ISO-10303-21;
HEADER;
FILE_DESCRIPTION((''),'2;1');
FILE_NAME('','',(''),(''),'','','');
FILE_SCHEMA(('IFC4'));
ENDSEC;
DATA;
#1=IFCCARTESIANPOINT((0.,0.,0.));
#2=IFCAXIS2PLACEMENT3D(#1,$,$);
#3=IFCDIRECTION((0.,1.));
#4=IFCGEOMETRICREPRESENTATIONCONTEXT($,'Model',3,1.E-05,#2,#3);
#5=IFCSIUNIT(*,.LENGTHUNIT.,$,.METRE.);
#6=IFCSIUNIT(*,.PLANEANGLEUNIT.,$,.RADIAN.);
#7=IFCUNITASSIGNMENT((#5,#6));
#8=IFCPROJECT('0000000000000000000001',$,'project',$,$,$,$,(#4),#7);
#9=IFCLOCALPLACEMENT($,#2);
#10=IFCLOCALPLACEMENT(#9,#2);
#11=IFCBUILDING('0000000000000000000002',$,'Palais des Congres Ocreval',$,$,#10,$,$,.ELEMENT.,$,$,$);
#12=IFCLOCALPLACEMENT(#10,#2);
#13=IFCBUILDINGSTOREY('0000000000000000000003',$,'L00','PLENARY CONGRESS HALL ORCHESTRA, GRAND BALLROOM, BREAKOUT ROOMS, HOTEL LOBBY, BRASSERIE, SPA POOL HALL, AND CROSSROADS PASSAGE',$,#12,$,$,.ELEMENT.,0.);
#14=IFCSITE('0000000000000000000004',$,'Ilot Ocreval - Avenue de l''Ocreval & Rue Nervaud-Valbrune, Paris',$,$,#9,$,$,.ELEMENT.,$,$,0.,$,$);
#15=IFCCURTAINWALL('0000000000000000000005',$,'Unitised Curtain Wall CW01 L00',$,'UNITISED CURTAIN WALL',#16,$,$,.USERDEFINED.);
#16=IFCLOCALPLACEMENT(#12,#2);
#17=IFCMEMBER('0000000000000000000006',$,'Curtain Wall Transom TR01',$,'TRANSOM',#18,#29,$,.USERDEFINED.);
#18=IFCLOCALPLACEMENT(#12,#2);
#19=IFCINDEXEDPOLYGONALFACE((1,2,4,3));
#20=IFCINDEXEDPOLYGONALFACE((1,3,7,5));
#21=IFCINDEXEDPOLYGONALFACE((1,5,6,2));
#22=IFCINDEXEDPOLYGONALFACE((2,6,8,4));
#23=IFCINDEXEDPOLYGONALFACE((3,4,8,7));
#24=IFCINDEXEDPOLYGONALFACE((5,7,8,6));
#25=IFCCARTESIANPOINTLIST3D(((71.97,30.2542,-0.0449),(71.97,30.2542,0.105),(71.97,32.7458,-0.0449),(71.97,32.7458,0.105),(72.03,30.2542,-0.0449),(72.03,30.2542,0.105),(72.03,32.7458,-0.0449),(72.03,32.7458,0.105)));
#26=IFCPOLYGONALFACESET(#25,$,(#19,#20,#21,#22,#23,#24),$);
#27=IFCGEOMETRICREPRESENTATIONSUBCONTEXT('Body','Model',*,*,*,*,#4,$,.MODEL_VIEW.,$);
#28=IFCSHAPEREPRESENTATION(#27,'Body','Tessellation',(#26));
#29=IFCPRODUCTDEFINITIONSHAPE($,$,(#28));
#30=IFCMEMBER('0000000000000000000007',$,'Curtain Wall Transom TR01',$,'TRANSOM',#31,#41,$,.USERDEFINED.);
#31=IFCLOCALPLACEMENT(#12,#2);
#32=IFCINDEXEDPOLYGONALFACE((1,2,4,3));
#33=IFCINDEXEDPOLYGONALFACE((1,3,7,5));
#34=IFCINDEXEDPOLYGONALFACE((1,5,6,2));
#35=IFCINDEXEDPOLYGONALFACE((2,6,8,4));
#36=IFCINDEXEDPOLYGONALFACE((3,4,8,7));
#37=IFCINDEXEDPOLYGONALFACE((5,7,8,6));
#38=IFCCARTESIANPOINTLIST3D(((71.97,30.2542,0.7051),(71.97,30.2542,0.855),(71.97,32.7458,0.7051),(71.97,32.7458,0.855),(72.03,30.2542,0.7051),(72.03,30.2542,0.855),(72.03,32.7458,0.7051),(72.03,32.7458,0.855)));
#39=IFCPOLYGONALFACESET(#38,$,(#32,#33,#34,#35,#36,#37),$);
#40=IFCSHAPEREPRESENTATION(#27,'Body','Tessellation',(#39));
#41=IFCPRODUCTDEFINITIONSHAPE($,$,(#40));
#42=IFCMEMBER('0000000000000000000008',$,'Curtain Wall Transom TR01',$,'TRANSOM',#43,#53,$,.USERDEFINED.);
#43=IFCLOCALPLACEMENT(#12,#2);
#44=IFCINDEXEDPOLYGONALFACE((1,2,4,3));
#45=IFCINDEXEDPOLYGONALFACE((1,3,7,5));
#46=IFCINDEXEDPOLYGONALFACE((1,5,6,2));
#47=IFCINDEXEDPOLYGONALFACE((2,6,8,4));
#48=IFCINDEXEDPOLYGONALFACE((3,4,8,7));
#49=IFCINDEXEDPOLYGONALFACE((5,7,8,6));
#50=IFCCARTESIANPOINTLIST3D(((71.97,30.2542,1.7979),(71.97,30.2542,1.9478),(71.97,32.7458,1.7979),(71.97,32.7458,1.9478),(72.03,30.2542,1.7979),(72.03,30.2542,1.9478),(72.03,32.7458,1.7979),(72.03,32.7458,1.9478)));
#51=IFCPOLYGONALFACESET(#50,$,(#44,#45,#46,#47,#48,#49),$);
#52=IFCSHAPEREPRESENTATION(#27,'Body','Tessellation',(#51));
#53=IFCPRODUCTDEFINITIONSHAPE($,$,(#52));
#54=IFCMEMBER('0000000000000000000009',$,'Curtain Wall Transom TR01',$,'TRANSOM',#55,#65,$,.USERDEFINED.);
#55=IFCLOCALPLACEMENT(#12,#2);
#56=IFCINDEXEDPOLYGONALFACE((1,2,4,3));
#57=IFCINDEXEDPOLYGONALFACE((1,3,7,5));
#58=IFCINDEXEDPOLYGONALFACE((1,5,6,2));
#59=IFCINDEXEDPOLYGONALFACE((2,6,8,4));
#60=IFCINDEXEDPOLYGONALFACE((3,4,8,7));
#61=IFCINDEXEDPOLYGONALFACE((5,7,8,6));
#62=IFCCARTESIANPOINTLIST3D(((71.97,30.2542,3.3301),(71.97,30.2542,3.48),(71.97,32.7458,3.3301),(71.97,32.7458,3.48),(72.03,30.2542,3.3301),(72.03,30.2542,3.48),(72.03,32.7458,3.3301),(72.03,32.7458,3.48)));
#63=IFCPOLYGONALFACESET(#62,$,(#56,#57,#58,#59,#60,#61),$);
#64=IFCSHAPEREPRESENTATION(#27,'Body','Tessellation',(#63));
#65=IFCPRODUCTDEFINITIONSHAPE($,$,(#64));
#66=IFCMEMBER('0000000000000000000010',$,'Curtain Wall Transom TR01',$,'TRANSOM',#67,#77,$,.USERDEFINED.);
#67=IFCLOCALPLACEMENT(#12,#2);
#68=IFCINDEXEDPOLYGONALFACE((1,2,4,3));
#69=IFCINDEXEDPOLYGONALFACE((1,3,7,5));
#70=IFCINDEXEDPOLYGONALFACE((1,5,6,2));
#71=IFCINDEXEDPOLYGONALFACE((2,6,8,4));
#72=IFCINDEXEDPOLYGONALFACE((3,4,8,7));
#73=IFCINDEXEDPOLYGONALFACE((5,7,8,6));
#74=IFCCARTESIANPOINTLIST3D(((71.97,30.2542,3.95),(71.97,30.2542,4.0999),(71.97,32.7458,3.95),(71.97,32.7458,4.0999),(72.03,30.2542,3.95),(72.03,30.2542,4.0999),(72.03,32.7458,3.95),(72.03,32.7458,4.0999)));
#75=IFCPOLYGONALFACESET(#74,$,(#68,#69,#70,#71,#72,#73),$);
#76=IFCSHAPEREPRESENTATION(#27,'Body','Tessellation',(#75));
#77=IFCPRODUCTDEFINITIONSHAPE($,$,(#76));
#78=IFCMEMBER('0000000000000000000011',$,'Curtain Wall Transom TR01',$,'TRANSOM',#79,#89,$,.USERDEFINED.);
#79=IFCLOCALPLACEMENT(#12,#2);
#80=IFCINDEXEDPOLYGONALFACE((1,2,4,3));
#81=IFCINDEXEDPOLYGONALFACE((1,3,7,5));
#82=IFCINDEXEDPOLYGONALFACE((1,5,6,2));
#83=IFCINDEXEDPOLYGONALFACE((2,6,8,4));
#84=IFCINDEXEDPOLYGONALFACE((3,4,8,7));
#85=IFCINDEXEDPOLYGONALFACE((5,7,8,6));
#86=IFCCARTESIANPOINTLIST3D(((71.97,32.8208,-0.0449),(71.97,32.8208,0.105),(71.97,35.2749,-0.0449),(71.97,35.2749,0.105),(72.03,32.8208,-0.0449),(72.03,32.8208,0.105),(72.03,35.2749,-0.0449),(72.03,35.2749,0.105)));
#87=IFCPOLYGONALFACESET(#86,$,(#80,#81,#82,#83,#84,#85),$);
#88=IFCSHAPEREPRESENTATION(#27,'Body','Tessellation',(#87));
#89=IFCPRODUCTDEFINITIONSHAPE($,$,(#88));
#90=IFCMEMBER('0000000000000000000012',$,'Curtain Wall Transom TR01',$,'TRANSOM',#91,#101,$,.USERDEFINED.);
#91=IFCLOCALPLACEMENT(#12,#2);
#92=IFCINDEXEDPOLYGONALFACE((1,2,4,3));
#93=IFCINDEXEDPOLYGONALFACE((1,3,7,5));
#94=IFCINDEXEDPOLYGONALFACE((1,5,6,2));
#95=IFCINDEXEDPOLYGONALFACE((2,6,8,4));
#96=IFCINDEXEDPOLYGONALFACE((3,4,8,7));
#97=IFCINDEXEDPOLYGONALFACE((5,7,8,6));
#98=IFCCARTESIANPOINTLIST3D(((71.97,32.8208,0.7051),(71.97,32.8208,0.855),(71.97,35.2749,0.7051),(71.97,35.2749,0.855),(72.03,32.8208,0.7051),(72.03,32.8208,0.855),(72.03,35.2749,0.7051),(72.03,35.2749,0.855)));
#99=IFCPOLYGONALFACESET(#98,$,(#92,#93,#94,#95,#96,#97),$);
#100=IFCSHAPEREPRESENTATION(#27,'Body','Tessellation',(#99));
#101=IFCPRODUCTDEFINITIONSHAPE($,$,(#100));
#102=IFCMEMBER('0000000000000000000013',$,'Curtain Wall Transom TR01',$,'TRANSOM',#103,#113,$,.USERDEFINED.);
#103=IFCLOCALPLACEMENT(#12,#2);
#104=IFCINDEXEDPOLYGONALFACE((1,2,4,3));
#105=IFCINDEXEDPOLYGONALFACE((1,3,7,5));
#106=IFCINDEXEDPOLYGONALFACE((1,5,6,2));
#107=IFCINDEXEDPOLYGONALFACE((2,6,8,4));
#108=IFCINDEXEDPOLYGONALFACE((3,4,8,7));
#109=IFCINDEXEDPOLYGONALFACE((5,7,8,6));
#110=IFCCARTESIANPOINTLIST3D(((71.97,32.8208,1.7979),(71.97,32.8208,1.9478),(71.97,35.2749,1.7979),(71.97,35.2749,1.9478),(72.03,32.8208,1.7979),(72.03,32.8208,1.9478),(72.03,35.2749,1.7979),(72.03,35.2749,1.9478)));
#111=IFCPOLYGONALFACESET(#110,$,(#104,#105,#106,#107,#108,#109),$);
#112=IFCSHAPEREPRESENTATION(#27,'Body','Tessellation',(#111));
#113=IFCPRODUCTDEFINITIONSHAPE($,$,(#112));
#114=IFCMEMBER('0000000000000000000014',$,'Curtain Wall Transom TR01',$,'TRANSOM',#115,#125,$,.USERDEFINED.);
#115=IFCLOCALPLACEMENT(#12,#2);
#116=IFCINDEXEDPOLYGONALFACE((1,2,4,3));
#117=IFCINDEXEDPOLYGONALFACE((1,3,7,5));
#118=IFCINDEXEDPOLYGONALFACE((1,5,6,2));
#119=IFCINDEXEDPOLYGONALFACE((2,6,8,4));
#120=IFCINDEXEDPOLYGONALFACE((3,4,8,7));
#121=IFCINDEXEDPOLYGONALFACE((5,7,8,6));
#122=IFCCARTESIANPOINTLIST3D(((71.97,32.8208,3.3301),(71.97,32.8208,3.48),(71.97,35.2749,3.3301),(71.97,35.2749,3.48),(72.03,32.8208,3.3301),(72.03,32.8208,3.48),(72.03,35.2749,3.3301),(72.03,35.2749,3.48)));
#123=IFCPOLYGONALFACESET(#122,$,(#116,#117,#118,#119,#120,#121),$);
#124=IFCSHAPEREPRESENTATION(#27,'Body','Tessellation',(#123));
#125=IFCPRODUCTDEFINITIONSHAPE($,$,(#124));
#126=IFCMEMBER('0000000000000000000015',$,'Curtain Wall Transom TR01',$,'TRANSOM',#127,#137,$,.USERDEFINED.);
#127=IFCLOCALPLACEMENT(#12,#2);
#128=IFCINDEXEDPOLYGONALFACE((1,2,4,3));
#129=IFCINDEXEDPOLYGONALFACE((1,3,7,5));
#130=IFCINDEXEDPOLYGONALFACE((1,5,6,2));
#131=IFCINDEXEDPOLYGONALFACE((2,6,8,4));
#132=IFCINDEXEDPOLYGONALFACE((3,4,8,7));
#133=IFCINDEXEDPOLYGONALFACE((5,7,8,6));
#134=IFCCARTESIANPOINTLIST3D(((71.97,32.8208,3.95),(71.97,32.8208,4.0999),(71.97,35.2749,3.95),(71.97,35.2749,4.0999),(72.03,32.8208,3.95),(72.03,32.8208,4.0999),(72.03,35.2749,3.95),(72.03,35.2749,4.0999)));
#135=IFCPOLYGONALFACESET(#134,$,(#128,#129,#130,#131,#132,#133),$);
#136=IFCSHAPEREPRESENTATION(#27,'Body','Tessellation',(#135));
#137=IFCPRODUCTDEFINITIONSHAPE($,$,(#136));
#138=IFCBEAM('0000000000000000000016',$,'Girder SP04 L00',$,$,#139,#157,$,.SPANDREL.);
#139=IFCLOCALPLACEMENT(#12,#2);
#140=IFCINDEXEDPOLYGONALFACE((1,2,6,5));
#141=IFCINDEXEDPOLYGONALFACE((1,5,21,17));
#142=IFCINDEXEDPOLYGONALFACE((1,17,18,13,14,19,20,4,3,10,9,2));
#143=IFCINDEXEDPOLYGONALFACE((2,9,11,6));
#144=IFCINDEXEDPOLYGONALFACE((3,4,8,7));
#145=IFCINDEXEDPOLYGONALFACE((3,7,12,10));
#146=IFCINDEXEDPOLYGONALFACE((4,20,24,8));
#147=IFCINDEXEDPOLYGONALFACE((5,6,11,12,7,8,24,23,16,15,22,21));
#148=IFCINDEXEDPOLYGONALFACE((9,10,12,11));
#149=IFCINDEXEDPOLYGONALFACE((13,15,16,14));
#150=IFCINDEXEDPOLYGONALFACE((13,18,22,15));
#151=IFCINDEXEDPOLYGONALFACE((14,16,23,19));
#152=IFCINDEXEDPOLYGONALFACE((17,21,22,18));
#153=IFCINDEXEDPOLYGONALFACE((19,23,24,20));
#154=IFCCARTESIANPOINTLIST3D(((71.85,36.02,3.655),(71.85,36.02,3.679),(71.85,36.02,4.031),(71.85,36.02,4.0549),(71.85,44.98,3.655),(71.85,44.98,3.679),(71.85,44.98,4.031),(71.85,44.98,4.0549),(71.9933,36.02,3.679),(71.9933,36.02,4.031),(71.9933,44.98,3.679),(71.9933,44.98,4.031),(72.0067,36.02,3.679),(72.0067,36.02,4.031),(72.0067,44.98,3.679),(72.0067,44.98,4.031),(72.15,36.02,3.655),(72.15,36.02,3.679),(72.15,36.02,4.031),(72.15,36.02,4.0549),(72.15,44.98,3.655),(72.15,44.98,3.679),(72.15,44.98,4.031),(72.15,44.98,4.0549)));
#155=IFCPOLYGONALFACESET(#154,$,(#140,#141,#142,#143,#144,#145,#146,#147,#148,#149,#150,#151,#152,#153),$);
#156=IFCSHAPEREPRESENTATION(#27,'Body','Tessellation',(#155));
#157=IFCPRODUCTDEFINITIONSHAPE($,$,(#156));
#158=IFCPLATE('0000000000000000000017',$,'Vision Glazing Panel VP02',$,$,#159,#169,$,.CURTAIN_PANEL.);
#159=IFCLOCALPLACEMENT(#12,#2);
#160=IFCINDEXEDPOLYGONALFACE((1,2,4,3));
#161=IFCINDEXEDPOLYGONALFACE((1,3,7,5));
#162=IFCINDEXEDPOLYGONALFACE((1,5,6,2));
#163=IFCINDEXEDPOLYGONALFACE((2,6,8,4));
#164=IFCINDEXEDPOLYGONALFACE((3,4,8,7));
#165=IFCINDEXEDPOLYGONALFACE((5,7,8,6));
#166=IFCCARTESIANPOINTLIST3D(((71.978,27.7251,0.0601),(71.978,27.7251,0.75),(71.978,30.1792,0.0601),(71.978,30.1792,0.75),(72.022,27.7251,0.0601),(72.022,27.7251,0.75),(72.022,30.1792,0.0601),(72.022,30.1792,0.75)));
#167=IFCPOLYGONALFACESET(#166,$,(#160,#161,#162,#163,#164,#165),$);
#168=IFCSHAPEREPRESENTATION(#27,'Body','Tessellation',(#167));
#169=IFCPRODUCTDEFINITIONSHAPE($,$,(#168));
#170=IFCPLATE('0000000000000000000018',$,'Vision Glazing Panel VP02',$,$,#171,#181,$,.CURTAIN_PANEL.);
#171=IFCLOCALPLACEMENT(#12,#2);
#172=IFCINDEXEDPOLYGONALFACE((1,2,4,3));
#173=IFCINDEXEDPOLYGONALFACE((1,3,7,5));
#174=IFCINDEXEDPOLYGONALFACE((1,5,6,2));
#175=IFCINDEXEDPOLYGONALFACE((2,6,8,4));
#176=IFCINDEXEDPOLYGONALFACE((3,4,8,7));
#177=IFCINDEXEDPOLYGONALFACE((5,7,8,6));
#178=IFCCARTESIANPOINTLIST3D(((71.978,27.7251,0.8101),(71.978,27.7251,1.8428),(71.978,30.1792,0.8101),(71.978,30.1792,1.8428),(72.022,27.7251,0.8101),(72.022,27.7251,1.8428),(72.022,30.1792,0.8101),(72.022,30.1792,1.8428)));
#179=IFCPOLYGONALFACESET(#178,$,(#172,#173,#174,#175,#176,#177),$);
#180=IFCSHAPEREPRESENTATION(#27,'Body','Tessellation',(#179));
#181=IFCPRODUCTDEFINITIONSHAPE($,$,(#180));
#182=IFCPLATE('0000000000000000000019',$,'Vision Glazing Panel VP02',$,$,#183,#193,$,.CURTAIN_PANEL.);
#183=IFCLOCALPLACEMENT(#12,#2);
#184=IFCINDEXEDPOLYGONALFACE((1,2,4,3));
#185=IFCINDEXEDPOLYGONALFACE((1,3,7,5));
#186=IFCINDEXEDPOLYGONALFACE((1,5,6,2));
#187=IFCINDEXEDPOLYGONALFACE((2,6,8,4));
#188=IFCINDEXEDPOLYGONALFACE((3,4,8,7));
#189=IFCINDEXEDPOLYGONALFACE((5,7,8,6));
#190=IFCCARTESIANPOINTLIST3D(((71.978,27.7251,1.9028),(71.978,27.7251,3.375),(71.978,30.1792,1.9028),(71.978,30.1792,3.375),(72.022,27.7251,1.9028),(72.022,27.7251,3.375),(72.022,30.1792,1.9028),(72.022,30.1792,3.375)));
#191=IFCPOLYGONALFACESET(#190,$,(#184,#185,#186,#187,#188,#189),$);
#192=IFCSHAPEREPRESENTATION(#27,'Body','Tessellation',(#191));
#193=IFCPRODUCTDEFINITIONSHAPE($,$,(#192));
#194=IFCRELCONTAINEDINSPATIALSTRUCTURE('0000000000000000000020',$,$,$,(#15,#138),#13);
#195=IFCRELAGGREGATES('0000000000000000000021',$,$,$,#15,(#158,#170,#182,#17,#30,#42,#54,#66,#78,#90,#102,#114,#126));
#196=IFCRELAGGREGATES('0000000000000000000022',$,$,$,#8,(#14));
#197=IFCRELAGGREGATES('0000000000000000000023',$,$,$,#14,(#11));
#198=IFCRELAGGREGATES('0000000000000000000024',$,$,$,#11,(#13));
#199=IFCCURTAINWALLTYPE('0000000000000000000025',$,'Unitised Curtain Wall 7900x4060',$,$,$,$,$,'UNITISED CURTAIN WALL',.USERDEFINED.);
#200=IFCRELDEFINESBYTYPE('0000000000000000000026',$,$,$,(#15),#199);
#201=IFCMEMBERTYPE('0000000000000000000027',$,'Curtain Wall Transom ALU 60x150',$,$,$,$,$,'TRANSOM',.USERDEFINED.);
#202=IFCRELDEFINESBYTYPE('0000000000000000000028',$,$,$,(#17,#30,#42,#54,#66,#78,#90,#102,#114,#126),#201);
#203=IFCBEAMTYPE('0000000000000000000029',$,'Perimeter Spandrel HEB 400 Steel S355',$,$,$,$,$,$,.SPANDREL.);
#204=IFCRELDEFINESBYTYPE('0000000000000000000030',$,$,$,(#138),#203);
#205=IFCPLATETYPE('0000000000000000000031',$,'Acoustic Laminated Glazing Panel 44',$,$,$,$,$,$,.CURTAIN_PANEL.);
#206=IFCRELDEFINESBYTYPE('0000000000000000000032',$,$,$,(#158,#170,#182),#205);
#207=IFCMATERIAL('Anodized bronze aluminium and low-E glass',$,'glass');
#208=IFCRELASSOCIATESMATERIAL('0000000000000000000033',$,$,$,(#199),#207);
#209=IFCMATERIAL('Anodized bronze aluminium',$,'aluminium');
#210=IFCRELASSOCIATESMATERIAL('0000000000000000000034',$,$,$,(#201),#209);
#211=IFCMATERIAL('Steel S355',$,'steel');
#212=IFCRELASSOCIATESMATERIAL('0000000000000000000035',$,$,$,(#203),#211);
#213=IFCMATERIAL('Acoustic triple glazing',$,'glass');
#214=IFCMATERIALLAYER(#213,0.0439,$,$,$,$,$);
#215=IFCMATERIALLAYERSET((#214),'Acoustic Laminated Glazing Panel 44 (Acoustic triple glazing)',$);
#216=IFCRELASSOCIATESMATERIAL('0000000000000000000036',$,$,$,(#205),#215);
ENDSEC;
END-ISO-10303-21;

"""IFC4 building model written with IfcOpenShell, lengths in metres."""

from ifc_helpers import new_model, si_unit, direction, frame, origin, origin_2d, place, context, subcontext, project, spatial, rectangle, i_section, extrude, material, layer, layer_set, material_profile, profile_set, type_object, element, aggregate, save


model = new_model("IFC4")

# Units and contexts
model_context = context("Model", 3, precision=1e-05, world=origin(), true_north=direction((0.0, 1.0)))
body_context = subcontext(model_context, "Body", "Model", "MODEL_VIEW")
ifc_project = project(units=[si_unit("LENGTHUNIT", "METRE"), si_unit("PLANEANGLEUNIT", "RADIAN")], contexts=[model_context])

# Site, building, storey
site_placement = place(None, origin())
site = spatial("IfcSite", under=ifc_project, at=site_placement, Name="Ilot Ocreval - Avenue de l'Ocreval & Rue Nervaud-Valbrune, Paris", CompositionType="ELEMENT", RefElevation=0.0)
building_placement = place(site_placement, origin())
building = spatial("IfcBuilding", under=site, at=building_placement, Name="Palais des Congres Ocreval", CompositionType="ELEMENT")
storey_placement = place(building_placement, origin())
storey = spatial("IfcBuildingStorey", under=building, at=storey_placement, Name="L00", Description="PLENARY CONGRESS HALL ORCHESTRA, GRAND BALLROOM, BREAKOUT ROOMS, HOTEL LOBBY, BRASSERIE, SPA POOL HALL, AND CROSSROADS PASSAGE", CompositionType="ELEMENT", Elevation=0.0)

# Shared definitions
ifc_material_1 = material(Name="Steel S355", Category="steel")

# Curtain wall, members
ifc_material_2 = material(Name="Anodized bronze aluminium and low-E glass", Category="glass")
curtain_wall_type = type_object("IfcCurtainWallType", Name="Unitised Curtain Wall 7900x4060", ElementType="UNITISED CURTAIN WALL", PredefinedType="USERDEFINED", material=ifc_material_2)
curtain_wall_placement = place(storey_placement, origin())
curtain_wall = element("IfcCurtainWall", 1, at=curtain_wall_placement, inside=storey, type_object=curtain_wall_type, Name="Unitised Curtain Wall CW01 L00", ObjectType="UNITISED CURTAIN WALL", PredefinedType="USERDEFINED")
ifc_material_3 = material(Name="Anodized bronze aluminium", Category="aluminium")
ifc_material_profile_1 = material_profile(ifc_material_3, rectangle(XDim=0.0601, YDim=0.1499, at=origin_2d()), Name="ALU 60x150")
ifc_profile_set_1 = profile_set([ifc_material_profile_1], Name="Anodized bronze aluminium")
member_type_1 = type_object("IfcMemberType", Name="Curtain Wall Transom ALU 60x150", ElementType="TRANSOM", PredefinedType="USERDEFINED", material=ifc_profile_set_1)
member_1_placement = place(storey_placement, frame((72.0, 30.2542, 0.03), z_axis=(0.0, 1.0, 0.0), x_axis=(-1.0, 0.0, 0.0)))
member_1 = element("IfcMember", 2, at=member_1_placement, type_object=member_type_1, Name="Curtain Wall Transom TR01", ObjectType="TRANSOM", PredefinedType="USERDEFINED", context=body_context, shape_type="SweptSolid", body=[
    extrude(rectangle(XDim=0.0601, YDim=0.1499, at=origin_2d()), origin(), (0.0, 0.0, 1.0), 2.4917),
])
member_2_placement = place(storey_placement, frame((72.0, 30.2542, 0.78), z_axis=(0.0, 1.0, 0.0), x_axis=(-1.0, 0.0, 0.0)))
member_2 = element("IfcMember", 3, at=member_2_placement, type_object=member_type_1, Name="Curtain Wall Transom TR01", ObjectType="TRANSOM", PredefinedType="USERDEFINED", context=body_context, shape_type="SweptSolid", body=[
    extrude(rectangle(XDim=0.0601, YDim=0.1499, at=origin_2d()), origin(), (0.0, 0.0, 1.0), 2.4917),
])
member_3_placement = place(storey_placement, frame((72.0, 30.2542, 1.8728), z_axis=(0.0, 1.0, 0.0), x_axis=(-1.0, 0.0, 0.0)))
member_3 = element("IfcMember", 4, at=member_3_placement, type_object=member_type_1, Name="Curtain Wall Transom TR01", ObjectType="TRANSOM", PredefinedType="USERDEFINED", context=body_context, shape_type="SweptSolid", body=[
    extrude(rectangle(XDim=0.0601, YDim=0.1499, at=origin_2d()), origin(), (0.0, 0.0, 1.0), 2.4917),
])
member_4_placement = place(storey_placement, frame((72.0, 30.2542, 3.405), z_axis=(0.0, 1.0, 0.0), x_axis=(-1.0, 0.0, 0.0)))
member_4 = element("IfcMember", 5, at=member_4_placement, type_object=member_type_1, Name="Curtain Wall Transom TR01", ObjectType="TRANSOM", PredefinedType="USERDEFINED", context=body_context, shape_type="SweptSolid", body=[
    extrude(rectangle(XDim=0.0601, YDim=0.1499, at=origin_2d()), origin(), (0.0, 0.0, 1.0), 2.4917),
])
member_5_placement = place(storey_placement, frame((72.0, 30.2542, 4.0249), z_axis=(0.0, 1.0, 0.0), x_axis=(-1.0, 0.0, 0.0)))
member_5 = element("IfcMember", 6, at=member_5_placement, type_object=member_type_1, Name="Curtain Wall Transom TR01", ObjectType="TRANSOM", PredefinedType="USERDEFINED", context=body_context, shape_type="SweptSolid", body=[
    extrude(rectangle(XDim=0.0601, YDim=0.1499, at=origin_2d()), origin(), (0.0, 0.0, 1.0), 2.4917),
])
member_6_placement = place(storey_placement, frame((72.0, 32.8208, 0.03), z_axis=(0.0, 1.0, 0.0), x_axis=(-1.0, 0.0, 0.0)))
member_6 = element("IfcMember", 7, at=member_6_placement, type_object=member_type_1, Name="Curtain Wall Transom TR01", ObjectType="TRANSOM", PredefinedType="USERDEFINED", context=body_context, shape_type="SweptSolid", body=[
    extrude(rectangle(XDim=0.0601, YDim=0.1499, at=origin_2d()), origin(), (0.0, 0.0, 1.0), 2.4541),
])
member_7_placement = place(storey_placement, frame((72.0, 32.8208, 0.78), z_axis=(0.0, 1.0, 0.0), x_axis=(-1.0, 0.0, 0.0)))
member_7 = element("IfcMember", 8, at=member_7_placement, type_object=member_type_1, Name="Curtain Wall Transom TR01", ObjectType="TRANSOM", PredefinedType="USERDEFINED", context=body_context, shape_type="SweptSolid", body=[
    extrude(rectangle(XDim=0.0601, YDim=0.1499, at=origin_2d()), origin(), (0.0, 0.0, 1.0), 2.4541),
])
member_8_placement = place(storey_placement, frame((72.0, 32.8208, 1.8728), z_axis=(0.0, 1.0, 0.0), x_axis=(-1.0, 0.0, 0.0)))
member_8 = element("IfcMember", 9, at=member_8_placement, type_object=member_type_1, Name="Curtain Wall Transom TR01", ObjectType="TRANSOM", PredefinedType="USERDEFINED", context=body_context, shape_type="SweptSolid", body=[
    extrude(rectangle(XDim=0.0601, YDim=0.1499, at=origin_2d()), origin(), (0.0, 0.0, 1.0), 2.4541),
])
member_9_placement = place(storey_placement, frame((72.0, 32.8208, 3.405), z_axis=(0.0, 1.0, 0.0), x_axis=(-1.0, 0.0, 0.0)))
member_9 = element("IfcMember", 10, at=member_9_placement, type_object=member_type_1, Name="Curtain Wall Transom TR01", ObjectType="TRANSOM", PredefinedType="USERDEFINED", context=body_context, shape_type="SweptSolid", body=[
    extrude(rectangle(XDim=0.0601, YDim=0.1499, at=origin_2d()), origin(), (0.0, 0.0, 1.0), 2.4541),
])
member_10_placement = place(storey_placement, frame((72.0, 32.8208, 4.0249), z_axis=(0.0, 1.0, 0.0), x_axis=(-1.0, 0.0, 0.0)))
member_10 = element("IfcMember", 11, at=member_10_placement, type_object=member_type_1, Name="Curtain Wall Transom TR01", ObjectType="TRANSOM", PredefinedType="USERDEFINED", context=body_context, shape_type="SweptSolid", body=[
    extrude(rectangle(XDim=0.0601, YDim=0.1499, at=origin_2d()), origin(), (0.0, 0.0, 1.0), 2.4541),
])

# Beam
ifc_material_profile_2 = material_profile(ifc_material_1, i_section(OverallWidth=0.3, OverallDepth=0.3999, WebThickness=0.0134, FlangeThickness=0.0239, at=origin_2d()), Name="HEB 400")
ifc_profile_set_2 = profile_set([ifc_material_profile_2], Name="Steel S355")
beam_type_1 = type_object("IfcBeamType", Name="Perimeter Spandrel HEB 400 Steel S355", PredefinedType="SPANDREL", material=ifc_profile_set_2)
beam_1_placement = place(storey_placement, frame((72.0, 36.02, 3.855), z_axis=(0.0, 1.0, 0.0), x_axis=(-1.0, 0.0, 0.0)))
element("IfcBeam", 12, at=beam_1_placement, inside=storey, type_object=beam_type_1, Name="Girder SP04 L00", PredefinedType="SPANDREL", context=body_context, shape_type="SweptSolid", body=[
    extrude(i_section(OverallWidth=0.3, OverallDepth=0.3999, WebThickness=0.0134, FlangeThickness=0.0239, at=origin_2d()), origin(), (0.0, 0.0, 1.0), 8.96),
])

# Plates
ifc_material_4 = material(Name="Acoustic triple glazing", Category="glass")
ifc_layer_1 = layer(ifc_material_4, 0.0439)
ifc_layer_set_1 = layer_set([ifc_layer_1], Name="Acoustic Laminated Glazing Panel 44 (Acoustic triple glazing)")
plate_type_1 = type_object("IfcPlateType", Name="Acoustic Laminated Glazing Panel 44", PredefinedType="CURTAIN_PANEL", material=ifc_layer_set_1)
plate_1_placement = place(storey_placement, frame((72.0, 28.9521, 0.0601), z_axis=(0.0, 0.0, 1.0), x_axis=(0.0, 1.0, 0.0)))
plate_1 = element("IfcPlate", 13, at=plate_1_placement, type_object=plate_type_1, Name="Vision Glazing Panel VP02", PredefinedType="CURTAIN_PANEL", context=body_context, shape_type="SweptSolid", body=[
    extrude(rectangle(XDim=2.4541, YDim=0.0439, at=origin_2d()), origin(), (0.0, 0.0, 1.0), 0.6899),
])
plate_2_placement = place(storey_placement, frame((72.0, 28.9521, 0.8101), z_axis=(0.0, 0.0, 1.0), x_axis=(0.0, 1.0, 0.0)))
plate_2 = element("IfcPlate", 14, at=plate_2_placement, type_object=plate_type_1, Name="Vision Glazing Panel VP02", PredefinedType="CURTAIN_PANEL", context=body_context, shape_type="SweptSolid", body=[
    extrude(rectangle(XDim=2.4541, YDim=0.0439, at=origin_2d()), origin(), (0.0, 0.0, 1.0), 1.0327),
])
plate_3_placement = place(storey_placement, frame((72.0, 28.9521, 1.9028), z_axis=(0.0, 0.0, 1.0), x_axis=(0.0, 1.0, 0.0)))
plate_3 = element("IfcPlate", 15, at=plate_3_placement, type_object=plate_type_1, Name="Vision Glazing Panel VP02", PredefinedType="CURTAIN_PANEL", context=body_context, shape_type="SweptSolid", body=[
    extrude(rectangle(XDim=2.4541, YDim=0.0439, at=origin_2d()), origin(), (0.0, 0.0, 1.0), 1.4722),
])
aggregate(curtain_wall, [plate_1, plate_2, plate_3, member_1, member_2, member_3, member_4, member_5, member_6, member_7, member_8, member_9, member_10])

save(model, "model.ifc")
